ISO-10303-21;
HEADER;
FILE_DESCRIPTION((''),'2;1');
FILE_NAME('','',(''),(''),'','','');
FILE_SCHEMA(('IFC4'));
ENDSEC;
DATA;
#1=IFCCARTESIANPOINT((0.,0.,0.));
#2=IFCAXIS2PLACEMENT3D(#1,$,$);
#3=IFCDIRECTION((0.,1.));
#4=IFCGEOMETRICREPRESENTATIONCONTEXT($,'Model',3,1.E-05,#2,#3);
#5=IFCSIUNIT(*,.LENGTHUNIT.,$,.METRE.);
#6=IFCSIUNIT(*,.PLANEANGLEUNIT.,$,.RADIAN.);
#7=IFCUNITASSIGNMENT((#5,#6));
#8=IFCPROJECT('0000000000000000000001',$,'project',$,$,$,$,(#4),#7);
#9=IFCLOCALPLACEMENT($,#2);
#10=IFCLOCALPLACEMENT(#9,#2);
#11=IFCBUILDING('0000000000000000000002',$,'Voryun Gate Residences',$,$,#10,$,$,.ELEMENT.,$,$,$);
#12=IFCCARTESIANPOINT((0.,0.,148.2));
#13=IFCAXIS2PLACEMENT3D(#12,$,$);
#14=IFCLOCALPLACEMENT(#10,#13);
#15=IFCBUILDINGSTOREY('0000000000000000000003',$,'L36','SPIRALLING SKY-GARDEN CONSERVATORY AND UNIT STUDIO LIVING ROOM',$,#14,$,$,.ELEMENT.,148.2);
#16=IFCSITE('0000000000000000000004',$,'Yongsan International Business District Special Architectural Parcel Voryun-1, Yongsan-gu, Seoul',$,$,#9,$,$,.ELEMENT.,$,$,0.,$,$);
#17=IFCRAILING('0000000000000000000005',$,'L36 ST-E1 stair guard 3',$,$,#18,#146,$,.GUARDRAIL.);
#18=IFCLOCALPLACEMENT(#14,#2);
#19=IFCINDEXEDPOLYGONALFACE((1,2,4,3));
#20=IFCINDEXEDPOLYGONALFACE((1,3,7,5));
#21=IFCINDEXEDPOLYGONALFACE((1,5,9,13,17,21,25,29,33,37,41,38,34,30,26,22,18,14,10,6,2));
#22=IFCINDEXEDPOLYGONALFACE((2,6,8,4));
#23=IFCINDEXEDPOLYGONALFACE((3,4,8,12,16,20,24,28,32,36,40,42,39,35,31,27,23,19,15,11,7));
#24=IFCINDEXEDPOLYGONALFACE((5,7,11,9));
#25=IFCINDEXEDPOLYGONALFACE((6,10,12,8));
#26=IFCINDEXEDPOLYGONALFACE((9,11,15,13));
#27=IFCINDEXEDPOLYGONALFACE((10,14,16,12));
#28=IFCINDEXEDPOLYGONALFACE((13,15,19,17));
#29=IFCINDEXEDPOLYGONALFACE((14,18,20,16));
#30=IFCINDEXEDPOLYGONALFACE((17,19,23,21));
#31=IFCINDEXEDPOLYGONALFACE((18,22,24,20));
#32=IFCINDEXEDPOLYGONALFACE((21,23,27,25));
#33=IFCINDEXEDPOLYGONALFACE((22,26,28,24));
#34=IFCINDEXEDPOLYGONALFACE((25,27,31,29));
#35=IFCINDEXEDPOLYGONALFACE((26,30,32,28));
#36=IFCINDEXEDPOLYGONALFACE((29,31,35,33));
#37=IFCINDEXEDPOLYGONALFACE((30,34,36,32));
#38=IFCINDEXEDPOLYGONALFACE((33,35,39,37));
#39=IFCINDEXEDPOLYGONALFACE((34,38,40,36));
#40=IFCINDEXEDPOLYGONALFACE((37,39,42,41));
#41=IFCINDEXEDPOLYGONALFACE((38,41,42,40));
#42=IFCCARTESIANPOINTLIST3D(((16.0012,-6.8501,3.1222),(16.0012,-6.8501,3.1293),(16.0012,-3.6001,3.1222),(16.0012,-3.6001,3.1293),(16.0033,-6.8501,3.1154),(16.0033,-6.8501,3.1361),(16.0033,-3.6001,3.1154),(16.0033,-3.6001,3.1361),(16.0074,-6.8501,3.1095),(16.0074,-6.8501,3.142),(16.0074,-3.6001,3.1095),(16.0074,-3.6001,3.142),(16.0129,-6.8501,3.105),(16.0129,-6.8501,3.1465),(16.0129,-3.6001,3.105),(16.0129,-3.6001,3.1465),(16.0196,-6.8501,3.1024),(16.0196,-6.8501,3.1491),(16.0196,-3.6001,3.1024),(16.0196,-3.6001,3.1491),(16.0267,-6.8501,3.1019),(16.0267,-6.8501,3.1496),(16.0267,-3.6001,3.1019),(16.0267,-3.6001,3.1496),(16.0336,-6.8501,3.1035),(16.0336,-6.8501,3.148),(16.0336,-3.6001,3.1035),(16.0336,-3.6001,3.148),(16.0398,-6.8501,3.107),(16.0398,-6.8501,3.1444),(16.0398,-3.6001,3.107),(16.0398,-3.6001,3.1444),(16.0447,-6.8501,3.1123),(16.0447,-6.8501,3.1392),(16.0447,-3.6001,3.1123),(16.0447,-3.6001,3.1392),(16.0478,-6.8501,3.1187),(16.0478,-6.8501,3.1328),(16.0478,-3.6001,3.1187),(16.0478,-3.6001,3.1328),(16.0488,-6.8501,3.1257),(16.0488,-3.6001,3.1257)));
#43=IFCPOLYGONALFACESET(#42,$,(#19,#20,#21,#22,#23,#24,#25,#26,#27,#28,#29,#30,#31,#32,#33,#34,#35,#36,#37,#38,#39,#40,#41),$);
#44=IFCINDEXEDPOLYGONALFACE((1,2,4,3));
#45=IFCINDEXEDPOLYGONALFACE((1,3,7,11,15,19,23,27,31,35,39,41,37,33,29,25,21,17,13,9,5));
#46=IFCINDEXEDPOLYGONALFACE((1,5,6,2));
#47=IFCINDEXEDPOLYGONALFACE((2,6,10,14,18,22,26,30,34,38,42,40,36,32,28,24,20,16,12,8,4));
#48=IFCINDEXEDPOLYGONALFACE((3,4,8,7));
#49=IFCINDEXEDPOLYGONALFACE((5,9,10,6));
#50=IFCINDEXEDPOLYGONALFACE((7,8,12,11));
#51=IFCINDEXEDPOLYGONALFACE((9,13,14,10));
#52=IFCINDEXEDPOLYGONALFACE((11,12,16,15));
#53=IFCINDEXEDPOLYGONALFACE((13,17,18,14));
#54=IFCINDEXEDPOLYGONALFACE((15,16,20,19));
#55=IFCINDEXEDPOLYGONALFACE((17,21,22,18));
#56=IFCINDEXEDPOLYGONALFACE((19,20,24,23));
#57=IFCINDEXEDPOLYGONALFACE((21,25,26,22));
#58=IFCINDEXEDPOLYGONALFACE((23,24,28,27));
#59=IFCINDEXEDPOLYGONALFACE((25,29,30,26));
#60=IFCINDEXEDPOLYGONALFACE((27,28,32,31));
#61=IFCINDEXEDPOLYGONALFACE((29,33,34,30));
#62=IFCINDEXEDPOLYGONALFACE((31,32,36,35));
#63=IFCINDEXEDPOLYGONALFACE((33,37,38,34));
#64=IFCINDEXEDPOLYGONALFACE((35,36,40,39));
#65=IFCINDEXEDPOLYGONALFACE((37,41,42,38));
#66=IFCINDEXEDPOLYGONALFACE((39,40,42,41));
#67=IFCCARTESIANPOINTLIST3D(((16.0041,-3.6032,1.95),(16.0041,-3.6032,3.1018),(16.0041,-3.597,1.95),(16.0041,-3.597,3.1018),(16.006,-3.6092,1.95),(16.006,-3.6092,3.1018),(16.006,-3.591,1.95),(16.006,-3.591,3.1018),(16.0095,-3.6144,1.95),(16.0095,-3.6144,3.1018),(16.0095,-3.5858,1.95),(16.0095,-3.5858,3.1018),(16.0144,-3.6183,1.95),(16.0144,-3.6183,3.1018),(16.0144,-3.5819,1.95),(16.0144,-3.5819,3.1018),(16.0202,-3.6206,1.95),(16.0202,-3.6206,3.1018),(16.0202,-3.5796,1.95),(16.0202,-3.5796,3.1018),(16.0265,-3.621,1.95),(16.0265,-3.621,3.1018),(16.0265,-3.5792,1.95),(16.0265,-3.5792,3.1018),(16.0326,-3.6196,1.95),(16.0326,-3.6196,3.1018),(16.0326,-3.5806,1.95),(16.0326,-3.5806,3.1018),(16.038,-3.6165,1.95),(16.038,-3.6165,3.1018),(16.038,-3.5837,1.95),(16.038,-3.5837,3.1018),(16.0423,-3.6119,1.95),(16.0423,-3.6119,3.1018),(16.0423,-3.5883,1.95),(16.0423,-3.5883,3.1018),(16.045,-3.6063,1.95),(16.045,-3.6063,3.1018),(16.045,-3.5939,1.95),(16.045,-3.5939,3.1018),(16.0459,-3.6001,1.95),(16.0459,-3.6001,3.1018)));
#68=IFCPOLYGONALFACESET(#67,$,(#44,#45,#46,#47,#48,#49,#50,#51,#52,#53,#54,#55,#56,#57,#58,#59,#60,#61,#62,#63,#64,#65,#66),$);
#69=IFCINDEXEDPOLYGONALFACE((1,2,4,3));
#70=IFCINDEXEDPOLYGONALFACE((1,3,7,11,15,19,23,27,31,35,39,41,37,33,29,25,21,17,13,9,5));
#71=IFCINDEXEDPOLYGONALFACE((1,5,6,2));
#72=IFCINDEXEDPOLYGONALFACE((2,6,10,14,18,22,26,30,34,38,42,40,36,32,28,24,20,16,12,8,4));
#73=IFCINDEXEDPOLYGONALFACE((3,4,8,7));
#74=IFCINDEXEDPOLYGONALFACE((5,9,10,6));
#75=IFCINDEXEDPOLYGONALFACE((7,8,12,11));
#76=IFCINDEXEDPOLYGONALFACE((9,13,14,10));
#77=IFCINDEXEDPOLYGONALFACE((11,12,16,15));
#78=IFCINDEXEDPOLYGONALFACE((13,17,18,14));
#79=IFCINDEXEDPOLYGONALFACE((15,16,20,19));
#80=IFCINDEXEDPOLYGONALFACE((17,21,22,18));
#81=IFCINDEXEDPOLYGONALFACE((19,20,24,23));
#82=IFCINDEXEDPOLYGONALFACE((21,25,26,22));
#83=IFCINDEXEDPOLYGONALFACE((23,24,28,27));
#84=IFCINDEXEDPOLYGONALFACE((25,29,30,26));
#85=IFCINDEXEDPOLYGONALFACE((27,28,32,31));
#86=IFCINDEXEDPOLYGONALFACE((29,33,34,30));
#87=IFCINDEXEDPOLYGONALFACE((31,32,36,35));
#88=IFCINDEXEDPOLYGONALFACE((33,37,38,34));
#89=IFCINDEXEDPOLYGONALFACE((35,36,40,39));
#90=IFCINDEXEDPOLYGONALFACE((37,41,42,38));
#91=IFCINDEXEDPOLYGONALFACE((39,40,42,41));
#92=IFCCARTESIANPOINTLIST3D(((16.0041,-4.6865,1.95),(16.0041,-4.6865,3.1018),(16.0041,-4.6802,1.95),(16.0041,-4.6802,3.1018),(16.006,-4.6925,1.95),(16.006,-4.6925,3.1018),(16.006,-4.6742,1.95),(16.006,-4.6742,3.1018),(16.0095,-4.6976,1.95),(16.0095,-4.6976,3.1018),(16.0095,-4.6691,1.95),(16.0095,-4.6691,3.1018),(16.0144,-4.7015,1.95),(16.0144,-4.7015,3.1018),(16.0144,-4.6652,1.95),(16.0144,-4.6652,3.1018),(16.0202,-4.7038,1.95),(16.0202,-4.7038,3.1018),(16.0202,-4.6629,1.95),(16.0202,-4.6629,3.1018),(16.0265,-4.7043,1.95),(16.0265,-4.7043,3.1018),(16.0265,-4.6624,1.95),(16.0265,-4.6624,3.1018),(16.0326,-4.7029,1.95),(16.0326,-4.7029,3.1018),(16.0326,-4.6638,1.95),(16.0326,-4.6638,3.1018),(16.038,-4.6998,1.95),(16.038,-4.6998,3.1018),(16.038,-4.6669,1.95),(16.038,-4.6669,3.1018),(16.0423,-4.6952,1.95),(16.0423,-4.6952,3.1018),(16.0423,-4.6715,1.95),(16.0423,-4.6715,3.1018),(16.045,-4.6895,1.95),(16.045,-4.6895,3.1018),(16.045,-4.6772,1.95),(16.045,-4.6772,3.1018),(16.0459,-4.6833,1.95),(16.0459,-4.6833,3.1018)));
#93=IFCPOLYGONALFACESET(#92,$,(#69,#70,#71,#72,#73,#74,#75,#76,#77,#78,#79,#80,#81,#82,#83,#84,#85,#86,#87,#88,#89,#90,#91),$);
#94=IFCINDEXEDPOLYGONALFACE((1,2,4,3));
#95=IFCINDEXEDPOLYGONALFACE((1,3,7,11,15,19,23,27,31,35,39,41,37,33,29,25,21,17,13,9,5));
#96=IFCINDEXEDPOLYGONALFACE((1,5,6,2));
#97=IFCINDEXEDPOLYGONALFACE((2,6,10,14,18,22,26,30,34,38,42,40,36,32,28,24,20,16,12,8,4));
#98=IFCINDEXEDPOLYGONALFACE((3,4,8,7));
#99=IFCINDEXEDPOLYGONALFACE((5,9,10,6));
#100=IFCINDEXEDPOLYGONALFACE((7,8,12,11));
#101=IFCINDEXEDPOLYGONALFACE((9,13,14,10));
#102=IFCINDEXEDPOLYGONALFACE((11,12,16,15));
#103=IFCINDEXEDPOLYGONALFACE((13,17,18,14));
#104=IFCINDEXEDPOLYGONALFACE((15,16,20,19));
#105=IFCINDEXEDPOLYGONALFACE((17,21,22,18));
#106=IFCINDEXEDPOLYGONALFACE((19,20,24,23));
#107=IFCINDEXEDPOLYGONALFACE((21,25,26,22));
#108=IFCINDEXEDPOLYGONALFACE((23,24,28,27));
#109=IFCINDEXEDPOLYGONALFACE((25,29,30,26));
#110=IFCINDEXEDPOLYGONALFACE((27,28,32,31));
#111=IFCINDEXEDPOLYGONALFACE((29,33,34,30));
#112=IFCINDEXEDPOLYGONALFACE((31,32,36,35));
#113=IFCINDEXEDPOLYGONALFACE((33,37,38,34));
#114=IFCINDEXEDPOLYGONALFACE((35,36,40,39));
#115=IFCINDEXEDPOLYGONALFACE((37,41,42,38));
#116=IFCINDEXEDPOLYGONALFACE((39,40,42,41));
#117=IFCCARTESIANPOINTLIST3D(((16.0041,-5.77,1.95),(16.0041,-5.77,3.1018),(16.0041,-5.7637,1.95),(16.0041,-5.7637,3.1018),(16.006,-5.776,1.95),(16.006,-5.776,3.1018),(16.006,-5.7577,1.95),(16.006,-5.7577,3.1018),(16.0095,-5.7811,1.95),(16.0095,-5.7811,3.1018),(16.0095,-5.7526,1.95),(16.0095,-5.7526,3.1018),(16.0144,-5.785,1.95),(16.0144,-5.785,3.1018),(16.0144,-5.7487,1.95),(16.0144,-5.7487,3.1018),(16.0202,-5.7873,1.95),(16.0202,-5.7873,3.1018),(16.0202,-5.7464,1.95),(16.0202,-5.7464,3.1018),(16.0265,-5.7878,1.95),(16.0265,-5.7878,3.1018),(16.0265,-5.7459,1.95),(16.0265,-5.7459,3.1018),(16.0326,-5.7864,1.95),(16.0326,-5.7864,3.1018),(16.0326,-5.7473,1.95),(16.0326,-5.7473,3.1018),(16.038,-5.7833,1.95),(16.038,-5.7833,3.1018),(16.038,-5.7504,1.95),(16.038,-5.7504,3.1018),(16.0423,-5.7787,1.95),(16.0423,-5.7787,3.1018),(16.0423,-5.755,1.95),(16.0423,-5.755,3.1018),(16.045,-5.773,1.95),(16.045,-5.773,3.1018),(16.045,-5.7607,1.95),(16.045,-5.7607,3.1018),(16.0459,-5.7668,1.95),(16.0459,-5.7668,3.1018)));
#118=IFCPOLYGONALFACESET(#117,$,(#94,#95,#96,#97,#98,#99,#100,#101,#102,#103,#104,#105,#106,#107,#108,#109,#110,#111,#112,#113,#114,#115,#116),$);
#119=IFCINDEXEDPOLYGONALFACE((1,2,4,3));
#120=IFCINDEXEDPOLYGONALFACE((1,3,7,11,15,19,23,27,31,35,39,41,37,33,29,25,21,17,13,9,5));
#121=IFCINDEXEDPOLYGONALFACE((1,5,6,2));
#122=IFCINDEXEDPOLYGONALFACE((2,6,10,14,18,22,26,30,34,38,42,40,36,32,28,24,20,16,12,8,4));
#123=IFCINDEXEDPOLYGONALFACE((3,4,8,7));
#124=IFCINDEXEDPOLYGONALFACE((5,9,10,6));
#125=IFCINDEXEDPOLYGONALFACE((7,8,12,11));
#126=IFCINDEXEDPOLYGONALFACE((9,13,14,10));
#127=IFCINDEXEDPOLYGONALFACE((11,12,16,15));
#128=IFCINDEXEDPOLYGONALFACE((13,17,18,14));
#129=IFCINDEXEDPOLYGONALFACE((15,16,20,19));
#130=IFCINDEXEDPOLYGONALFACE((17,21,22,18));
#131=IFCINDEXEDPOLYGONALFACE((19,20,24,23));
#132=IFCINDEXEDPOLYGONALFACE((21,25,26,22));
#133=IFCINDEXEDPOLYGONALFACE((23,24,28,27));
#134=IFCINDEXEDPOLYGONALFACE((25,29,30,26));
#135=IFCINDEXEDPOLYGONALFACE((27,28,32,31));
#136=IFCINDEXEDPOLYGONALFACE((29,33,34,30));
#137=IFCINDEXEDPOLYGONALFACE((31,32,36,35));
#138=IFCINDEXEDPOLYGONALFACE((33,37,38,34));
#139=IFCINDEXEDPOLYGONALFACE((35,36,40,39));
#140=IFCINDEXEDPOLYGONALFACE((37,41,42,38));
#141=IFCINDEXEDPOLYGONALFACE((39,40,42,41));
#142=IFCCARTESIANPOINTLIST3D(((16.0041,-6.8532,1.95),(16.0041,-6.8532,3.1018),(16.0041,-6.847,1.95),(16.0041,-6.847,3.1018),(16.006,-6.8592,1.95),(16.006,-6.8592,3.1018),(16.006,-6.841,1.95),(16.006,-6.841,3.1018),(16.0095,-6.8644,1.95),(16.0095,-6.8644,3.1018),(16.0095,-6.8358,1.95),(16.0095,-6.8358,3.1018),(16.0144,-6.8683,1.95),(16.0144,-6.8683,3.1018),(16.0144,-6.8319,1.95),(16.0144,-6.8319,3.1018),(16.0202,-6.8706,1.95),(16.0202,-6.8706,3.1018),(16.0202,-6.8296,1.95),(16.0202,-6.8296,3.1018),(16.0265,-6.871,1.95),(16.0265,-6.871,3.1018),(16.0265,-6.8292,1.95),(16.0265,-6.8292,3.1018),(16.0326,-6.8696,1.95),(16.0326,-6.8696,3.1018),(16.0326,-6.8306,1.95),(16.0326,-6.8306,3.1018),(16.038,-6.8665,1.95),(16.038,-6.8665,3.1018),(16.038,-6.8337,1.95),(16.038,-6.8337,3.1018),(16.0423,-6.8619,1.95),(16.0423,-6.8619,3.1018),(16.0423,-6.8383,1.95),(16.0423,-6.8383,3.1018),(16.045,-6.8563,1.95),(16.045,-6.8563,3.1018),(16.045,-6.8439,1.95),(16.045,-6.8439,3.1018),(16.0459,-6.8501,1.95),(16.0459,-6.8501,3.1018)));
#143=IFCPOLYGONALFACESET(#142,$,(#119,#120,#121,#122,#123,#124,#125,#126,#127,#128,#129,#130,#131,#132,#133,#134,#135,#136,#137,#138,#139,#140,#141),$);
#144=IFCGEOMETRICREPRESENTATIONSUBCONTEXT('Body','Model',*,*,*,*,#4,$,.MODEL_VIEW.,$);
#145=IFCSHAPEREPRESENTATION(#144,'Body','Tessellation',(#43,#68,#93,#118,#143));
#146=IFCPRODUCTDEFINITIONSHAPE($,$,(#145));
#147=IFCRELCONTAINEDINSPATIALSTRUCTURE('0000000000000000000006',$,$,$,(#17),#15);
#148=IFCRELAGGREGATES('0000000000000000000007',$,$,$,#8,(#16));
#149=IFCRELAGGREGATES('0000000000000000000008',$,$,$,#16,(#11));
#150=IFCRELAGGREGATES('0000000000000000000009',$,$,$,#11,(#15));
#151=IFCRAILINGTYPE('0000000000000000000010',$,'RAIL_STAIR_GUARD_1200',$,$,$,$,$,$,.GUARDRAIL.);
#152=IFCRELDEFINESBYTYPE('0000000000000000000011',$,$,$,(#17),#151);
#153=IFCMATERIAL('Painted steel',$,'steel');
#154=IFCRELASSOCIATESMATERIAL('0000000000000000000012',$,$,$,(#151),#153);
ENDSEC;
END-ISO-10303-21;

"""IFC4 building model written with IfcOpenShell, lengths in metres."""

from ifc_helpers import new_model, si_unit, direction, frame, origin, origin_2d, place, context, subcontext, project, spatial, circle, extrude, material, type_object, element, save


model = new_model("IFC4")

# Units and contexts
model_context = context("Model", 3, precision=1e-05, world=origin(), true_north=direction((0.0, 1.0)))
body_context = subcontext(model_context, "Body", "Model", "MODEL_VIEW")
ifc_project = project(units=[si_unit("LENGTHUNIT", "METRE"), si_unit("PLANEANGLEUNIT", "RADIAN")], contexts=[model_context])

# Site, building, storey
site_placement = place(None, origin())
site = spatial("IfcSite", under=ifc_project, at=site_placement, Name="Yongsan International Business District Special Architectural Parcel Voryun-1, Yongsan-gu, Seoul", CompositionType="ELEMENT", RefElevation=0.0)
building_placement = place(site_placement, origin())
building = spatial("IfcBuilding", under=site, at=building_placement, Name="Voryun Gate Residences", CompositionType="ELEMENT")
storey_placement = place(building_placement, frame((0.0, 0.0, 148.2)))
storey = spatial("IfcBuildingStorey", under=building, at=storey_placement, Name="L36", Description="SPIRALLING SKY-GARDEN CONSERVATORY AND UNIT STUDIO LIVING ROOM", CompositionType="ELEMENT", Elevation=148.2)

# Railing
ifc_material_1 = material(Name="Painted steel", Category="steel")
railing_type_1 = type_object("IfcRailingType", Name="RAIL_STAIR_GUARD_1200", PredefinedType="GUARDRAIL", material=ifc_material_1)
for number, where, name in (
    (1, (16.0249, -3.6001, 1.95), "L36 ST-E1 stair guard 3"),
):
    element("IfcRailing", number, at=place(storey_placement, frame(where)), inside=storey, type_object=railing_type_1, Name=name, PredefinedType="GUARDRAIL", context=body_context, shape_type="SweptSolid", body=[
        extrude(circle(Radius=0.0239, at=origin_2d()), frame((0.0, 0.0, 1.1758), z_axis=(0.0, -1.0, 0.0), x_axis=(1.0, 0.0, 0.0)), (0.0, 0.0, 1.0), 3.25),
        extrude(circle(Radius=0.021, at=origin_2d()), origin(), (0.0, 0.0, 1.0), 1.1519),
        extrude(circle(Radius=0.021, at=origin_2d()), frame((0.0, -1.0833, 0.0)), (0.0, 0.0, 1.0), 1.1519),
        extrude(circle(Radius=0.021, at=origin_2d()), frame((0.0, -2.1667, 0.0)), (0.0, 0.0, 1.0), 1.1519),
        extrude(circle(Radius=0.021, at=origin_2d()), frame((0.0, -3.25, 0.0)), (0.0, 0.0, 1.0), 1.1519),
    ])

save(model, "model.ifc")
